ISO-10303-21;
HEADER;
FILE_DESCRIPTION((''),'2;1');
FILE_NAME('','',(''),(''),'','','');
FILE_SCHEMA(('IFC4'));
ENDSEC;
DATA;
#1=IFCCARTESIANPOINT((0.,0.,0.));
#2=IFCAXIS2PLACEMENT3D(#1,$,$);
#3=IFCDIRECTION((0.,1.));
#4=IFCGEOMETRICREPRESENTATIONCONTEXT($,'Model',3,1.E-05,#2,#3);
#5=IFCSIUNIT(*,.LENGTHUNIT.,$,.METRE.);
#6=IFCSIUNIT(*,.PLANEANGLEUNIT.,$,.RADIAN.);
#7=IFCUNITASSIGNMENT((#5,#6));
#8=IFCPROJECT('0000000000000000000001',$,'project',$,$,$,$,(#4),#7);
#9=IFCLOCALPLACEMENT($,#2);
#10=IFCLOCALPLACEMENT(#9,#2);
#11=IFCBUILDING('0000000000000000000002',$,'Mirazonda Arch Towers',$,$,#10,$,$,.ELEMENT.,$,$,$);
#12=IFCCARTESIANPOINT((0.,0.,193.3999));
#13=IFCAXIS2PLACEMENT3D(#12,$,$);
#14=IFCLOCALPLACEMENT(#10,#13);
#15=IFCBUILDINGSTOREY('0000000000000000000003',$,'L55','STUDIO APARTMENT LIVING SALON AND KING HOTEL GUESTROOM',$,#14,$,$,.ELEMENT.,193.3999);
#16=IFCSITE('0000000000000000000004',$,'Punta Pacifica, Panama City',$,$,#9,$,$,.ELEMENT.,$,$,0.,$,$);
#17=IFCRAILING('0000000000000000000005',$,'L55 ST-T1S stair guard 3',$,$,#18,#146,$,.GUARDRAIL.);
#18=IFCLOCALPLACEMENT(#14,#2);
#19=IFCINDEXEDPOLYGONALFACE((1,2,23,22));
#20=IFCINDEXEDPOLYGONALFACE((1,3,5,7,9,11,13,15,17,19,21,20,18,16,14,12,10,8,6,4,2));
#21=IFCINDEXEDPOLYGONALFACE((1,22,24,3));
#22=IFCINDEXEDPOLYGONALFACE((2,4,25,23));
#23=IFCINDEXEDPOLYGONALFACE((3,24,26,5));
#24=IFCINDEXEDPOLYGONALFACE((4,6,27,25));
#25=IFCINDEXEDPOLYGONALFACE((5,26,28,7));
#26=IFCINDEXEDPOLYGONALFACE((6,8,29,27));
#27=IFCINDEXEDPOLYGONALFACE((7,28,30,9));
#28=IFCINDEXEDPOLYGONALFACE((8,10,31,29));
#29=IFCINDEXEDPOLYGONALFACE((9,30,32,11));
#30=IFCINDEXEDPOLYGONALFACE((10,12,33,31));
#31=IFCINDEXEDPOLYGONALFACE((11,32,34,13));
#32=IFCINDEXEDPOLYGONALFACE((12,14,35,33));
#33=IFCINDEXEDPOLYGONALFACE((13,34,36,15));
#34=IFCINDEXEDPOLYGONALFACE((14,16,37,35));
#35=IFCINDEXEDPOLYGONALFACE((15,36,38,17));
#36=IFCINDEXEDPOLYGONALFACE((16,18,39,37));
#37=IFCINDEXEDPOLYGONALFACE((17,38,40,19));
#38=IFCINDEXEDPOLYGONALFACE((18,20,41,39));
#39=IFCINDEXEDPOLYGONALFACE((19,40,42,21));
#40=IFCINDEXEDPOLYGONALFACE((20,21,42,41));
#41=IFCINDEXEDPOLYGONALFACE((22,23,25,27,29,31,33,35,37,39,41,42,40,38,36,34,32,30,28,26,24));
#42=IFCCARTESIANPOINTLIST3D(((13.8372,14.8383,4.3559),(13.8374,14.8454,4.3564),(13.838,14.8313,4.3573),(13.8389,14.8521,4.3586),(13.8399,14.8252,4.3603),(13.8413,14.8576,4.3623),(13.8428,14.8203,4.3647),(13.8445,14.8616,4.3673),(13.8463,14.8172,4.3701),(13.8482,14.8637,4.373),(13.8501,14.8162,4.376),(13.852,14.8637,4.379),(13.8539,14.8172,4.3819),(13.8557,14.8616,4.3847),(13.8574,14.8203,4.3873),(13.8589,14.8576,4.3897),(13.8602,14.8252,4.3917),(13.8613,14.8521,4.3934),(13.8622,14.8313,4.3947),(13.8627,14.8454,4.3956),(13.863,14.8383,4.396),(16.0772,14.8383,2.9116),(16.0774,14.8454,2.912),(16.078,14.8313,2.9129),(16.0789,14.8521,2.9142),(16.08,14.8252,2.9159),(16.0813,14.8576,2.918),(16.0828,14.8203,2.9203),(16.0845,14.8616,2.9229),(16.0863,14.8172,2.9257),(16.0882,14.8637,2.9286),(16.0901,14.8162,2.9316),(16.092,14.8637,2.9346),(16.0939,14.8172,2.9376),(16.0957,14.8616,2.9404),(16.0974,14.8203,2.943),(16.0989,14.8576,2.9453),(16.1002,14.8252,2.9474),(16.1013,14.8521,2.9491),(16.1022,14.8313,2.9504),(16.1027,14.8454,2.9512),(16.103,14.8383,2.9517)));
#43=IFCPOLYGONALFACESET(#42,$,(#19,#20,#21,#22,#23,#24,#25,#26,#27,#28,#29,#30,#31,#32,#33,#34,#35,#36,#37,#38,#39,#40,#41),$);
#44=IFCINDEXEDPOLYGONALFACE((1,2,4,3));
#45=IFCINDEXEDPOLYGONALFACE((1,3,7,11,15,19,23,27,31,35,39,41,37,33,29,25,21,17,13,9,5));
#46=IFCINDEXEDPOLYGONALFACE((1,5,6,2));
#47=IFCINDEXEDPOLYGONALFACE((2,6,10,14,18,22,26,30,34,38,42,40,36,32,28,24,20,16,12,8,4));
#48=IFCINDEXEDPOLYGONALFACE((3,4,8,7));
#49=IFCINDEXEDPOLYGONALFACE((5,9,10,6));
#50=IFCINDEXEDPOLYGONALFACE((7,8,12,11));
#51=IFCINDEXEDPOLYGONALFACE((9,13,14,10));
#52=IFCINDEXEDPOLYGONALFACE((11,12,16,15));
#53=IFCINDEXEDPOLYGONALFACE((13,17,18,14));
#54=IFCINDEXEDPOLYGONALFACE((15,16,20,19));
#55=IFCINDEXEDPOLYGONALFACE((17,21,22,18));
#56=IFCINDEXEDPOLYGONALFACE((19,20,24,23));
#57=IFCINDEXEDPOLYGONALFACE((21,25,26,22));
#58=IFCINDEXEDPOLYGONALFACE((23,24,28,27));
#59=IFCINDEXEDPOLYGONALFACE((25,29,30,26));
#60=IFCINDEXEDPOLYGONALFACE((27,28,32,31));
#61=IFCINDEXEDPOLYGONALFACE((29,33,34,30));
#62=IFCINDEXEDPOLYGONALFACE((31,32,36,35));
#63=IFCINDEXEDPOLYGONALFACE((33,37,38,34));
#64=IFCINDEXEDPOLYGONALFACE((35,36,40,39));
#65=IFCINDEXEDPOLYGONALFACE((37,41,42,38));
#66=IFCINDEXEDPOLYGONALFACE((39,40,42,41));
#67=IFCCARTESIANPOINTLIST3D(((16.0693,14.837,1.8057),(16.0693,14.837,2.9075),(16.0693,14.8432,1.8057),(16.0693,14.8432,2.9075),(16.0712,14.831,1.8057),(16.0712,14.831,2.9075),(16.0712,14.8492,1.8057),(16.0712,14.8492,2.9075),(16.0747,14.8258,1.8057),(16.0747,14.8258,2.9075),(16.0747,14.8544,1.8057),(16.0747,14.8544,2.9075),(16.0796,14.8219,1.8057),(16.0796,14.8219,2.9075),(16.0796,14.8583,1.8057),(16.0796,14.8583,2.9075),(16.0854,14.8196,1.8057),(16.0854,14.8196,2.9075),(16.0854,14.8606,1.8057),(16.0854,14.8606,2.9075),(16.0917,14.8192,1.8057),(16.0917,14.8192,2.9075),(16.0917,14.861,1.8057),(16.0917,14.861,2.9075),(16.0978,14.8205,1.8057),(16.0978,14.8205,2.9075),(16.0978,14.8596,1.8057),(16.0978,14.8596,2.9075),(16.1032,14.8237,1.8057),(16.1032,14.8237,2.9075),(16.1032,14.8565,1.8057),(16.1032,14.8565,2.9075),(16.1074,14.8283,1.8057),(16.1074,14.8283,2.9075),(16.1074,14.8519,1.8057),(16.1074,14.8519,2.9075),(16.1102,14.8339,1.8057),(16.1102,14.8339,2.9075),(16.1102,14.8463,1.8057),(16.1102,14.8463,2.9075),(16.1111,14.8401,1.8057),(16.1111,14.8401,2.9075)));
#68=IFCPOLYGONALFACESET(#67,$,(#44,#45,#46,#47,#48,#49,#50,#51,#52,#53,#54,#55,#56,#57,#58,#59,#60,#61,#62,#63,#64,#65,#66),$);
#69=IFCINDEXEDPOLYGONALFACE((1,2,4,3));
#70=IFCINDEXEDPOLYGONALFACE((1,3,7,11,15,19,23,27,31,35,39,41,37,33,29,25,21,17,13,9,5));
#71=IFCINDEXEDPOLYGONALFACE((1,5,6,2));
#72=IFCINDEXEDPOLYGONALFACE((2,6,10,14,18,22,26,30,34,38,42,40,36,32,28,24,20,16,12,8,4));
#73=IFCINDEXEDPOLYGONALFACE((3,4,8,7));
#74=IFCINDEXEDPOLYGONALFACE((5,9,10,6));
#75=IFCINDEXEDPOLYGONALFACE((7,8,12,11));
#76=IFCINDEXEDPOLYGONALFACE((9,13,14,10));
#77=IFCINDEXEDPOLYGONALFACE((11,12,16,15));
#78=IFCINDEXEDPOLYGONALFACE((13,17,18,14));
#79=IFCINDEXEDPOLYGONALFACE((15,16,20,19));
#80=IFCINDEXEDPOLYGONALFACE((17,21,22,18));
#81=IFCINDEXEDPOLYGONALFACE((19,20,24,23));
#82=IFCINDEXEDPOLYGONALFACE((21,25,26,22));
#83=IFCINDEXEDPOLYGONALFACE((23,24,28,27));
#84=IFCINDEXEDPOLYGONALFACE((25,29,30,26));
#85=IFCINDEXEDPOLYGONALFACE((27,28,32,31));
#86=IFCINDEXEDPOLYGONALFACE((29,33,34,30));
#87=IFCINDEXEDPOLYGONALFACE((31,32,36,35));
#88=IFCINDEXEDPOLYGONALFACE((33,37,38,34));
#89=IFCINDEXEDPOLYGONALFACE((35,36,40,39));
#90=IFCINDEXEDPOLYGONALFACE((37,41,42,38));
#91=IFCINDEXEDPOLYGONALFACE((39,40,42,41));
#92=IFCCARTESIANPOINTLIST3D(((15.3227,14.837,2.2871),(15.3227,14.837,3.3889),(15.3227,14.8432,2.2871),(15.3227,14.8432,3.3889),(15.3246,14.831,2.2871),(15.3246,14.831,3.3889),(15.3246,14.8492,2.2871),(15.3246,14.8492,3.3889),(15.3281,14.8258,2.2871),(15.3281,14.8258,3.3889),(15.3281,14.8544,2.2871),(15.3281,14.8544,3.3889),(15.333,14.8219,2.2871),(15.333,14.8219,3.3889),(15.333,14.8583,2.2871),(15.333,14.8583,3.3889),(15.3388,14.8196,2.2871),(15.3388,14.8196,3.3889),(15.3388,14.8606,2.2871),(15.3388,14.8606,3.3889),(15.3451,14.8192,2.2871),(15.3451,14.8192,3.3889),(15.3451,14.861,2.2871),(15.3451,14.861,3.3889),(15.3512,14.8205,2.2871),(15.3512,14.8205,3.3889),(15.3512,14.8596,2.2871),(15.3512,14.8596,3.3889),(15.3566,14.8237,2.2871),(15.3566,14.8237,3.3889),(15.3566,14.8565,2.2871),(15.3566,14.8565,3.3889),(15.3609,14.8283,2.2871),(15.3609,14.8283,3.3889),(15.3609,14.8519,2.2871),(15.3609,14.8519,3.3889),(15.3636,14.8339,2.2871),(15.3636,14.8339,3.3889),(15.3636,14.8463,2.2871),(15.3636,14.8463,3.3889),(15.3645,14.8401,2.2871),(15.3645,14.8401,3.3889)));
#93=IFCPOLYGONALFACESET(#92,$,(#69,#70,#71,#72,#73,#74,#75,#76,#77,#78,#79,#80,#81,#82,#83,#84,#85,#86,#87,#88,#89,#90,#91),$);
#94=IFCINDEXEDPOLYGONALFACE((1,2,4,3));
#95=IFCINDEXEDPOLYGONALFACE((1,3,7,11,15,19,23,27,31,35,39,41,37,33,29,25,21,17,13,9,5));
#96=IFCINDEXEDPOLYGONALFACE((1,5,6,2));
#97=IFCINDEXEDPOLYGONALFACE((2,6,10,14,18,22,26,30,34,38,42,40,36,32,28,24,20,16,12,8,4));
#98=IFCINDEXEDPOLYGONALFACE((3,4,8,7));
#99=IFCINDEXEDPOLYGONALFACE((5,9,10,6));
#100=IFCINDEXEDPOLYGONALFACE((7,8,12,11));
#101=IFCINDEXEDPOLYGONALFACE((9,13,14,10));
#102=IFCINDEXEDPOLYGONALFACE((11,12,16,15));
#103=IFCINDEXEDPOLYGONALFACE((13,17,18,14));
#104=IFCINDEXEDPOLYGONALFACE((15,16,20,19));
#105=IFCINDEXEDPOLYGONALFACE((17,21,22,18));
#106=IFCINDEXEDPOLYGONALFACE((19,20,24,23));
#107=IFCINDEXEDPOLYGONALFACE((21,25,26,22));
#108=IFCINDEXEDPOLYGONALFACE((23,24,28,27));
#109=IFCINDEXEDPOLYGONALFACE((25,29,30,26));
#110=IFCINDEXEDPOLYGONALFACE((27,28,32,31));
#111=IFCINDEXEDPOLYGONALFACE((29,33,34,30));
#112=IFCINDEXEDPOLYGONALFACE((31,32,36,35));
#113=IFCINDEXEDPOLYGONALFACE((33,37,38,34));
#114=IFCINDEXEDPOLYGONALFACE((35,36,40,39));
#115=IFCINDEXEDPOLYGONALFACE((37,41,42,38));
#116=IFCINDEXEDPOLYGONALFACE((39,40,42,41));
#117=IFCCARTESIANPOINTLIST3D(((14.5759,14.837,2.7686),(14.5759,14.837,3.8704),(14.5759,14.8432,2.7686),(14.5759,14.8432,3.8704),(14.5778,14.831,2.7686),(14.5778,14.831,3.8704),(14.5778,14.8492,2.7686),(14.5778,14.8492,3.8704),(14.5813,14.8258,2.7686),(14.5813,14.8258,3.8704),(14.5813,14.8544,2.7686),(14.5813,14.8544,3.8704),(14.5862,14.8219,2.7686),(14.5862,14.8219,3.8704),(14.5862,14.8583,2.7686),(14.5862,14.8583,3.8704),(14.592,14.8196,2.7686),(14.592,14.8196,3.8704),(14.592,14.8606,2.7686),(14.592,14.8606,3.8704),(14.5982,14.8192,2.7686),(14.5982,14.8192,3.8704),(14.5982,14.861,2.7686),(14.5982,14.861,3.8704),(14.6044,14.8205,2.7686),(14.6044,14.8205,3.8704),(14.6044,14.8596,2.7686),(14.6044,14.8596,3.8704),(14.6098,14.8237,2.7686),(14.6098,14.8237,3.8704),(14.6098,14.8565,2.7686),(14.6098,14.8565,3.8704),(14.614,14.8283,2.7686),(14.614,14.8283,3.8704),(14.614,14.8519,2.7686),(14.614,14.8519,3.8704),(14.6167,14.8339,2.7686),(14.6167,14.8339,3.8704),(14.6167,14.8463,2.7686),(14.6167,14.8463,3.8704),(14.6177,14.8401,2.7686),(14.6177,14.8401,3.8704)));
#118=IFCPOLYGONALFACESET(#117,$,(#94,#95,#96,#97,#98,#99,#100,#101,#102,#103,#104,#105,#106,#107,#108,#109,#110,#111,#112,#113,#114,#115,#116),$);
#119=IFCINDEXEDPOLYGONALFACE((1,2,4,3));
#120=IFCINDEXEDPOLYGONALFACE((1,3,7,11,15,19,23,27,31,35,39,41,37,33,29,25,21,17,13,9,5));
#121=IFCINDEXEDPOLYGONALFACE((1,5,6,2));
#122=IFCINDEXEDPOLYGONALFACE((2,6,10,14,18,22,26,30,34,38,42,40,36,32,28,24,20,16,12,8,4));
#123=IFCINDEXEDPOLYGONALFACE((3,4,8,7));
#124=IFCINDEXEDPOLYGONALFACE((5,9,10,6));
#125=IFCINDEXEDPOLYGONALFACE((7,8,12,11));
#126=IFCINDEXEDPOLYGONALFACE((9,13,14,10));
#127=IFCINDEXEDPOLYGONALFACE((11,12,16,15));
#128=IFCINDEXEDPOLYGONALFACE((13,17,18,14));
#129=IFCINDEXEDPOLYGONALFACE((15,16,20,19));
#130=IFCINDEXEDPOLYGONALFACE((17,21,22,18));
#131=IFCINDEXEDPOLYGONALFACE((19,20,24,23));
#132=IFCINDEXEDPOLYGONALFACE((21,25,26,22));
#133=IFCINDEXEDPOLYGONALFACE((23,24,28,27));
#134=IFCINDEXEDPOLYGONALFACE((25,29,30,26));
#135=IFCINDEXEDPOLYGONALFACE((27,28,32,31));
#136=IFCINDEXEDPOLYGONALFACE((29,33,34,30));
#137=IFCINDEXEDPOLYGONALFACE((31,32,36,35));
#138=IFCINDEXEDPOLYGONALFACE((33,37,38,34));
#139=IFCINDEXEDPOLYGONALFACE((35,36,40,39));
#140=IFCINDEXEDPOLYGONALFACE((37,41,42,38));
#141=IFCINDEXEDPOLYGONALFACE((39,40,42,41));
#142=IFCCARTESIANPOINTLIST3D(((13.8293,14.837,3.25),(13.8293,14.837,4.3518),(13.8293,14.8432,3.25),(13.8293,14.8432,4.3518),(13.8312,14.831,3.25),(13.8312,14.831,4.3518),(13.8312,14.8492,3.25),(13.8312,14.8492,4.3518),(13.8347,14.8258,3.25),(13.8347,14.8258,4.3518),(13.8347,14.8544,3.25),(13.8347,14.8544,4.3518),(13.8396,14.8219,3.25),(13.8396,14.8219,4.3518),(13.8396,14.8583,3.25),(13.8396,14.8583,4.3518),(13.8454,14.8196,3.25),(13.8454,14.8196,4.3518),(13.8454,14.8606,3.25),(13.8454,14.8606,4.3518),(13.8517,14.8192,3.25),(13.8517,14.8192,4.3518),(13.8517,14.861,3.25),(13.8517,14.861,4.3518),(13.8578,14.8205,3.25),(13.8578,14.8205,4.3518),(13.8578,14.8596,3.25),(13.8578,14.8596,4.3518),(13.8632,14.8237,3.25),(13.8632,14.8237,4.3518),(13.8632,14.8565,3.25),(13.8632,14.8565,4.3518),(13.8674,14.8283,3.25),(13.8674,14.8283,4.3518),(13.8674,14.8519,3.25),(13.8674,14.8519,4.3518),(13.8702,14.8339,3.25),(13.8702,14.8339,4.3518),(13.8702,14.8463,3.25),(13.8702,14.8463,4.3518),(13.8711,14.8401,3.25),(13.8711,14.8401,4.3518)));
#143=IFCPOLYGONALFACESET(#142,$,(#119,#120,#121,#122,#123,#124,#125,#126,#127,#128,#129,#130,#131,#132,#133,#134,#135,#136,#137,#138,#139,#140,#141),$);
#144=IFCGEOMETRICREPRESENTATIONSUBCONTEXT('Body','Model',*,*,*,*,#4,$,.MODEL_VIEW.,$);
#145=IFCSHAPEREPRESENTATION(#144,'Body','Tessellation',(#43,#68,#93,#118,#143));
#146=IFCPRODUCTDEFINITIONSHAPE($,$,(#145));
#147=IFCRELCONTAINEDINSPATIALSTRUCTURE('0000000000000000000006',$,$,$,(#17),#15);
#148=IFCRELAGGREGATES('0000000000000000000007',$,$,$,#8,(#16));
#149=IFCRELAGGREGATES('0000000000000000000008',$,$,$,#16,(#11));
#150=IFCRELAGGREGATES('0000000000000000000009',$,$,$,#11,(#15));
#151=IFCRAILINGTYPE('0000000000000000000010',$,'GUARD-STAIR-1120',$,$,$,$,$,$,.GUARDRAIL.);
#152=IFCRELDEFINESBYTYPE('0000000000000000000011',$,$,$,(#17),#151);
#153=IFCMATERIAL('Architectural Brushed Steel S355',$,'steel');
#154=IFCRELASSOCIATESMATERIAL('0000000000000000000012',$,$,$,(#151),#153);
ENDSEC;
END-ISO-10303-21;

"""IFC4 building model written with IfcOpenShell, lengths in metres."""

from ifc_helpers import new_model, si_unit, direction, frame, origin, origin_2d, place, context, subcontext, project, spatial, circle, extrude, material, type_object, element, save


model = new_model("IFC4")

# Units and contexts
model_context = context("Model", 3, precision=1e-05, world=origin(), true_north=direction((0.0, 1.0)))
body_context = subcontext(model_context, "Body", "Model", "MODEL_VIEW")
ifc_project = project(units=[si_unit("LENGTHUNIT", "METRE"), si_unit("PLANEANGLEUNIT", "RADIAN")], contexts=[model_context])

# Site, building, storey
site_placement = place(None, origin())
site = spatial("IfcSite", under=ifc_project, at=site_placement, Name="Punta Pacifica, Panama City", CompositionType="ELEMENT", RefElevation=0.0)
building_placement = place(site_placement, origin())
building = spatial("IfcBuilding", under=site, at=building_placement, Name="Mirazonda Arch Towers", CompositionType="ELEMENT")
storey_placement = place(building_placement, frame((0.0, 0.0, 193.3999)))
storey = spatial("IfcBuildingStorey", under=building, at=storey_placement, Name="L55", Description="STUDIO APARTMENT LIVING SALON AND KING HOTEL GUESTROOM", CompositionType="ELEMENT", Elevation=193.3999)

# Shared definitions
ifc_material_1 = material(Name="Architectural Brushed Steel S355", Category="steel")

# Railing
railing_type_1 = type_object("IfcRailingType", Name="GUARD-STAIR-1120", PredefinedType="GUARDRAIL", material=ifc_material_1)
railing_1_placement = place(storey_placement, frame((16.0901, 14.8401, 1.8057)))
element("IfcRailing", 1, at=railing_1_placement, inside=storey, type_object=railing_type_1, Name="L55 ST-T1S stair guard 3", PredefinedType="GUARDRAIL", context=body_context, shape_type="SweptSolid", body=[
    extrude(circle(Radius=0.0239, at=origin_2d()), frame((0.0, 0.0, 1.126), z_axis=(-0.840437, 0.0, 0.54191), x_axis=(0.0, -1.0, 0.0)), (0.0, 0.0, 1.0), 2.6653),
    extrude(circle(Radius=0.021, at=origin_2d()), origin(), (0.0, 0.0, 1.0), 1.1018),
    extrude(circle(Radius=0.021, at=origin_2d()), frame((-0.7466, 0.0, 0.4814)), (0.0, 0.0, 1.0), 1.1018),
    extrude(circle(Radius=0.021, at=origin_2d()), frame((-1.4934, 0.0, 0.9629)), (0.0, 0.0, 1.0), 1.1018),
    extrude(circle(Radius=0.021, at=origin_2d()), frame((-2.24, 0.0, 1.4443)), (0.0, 0.0, 1.0), 1.1018),
])

save(model, "model.ifc")
